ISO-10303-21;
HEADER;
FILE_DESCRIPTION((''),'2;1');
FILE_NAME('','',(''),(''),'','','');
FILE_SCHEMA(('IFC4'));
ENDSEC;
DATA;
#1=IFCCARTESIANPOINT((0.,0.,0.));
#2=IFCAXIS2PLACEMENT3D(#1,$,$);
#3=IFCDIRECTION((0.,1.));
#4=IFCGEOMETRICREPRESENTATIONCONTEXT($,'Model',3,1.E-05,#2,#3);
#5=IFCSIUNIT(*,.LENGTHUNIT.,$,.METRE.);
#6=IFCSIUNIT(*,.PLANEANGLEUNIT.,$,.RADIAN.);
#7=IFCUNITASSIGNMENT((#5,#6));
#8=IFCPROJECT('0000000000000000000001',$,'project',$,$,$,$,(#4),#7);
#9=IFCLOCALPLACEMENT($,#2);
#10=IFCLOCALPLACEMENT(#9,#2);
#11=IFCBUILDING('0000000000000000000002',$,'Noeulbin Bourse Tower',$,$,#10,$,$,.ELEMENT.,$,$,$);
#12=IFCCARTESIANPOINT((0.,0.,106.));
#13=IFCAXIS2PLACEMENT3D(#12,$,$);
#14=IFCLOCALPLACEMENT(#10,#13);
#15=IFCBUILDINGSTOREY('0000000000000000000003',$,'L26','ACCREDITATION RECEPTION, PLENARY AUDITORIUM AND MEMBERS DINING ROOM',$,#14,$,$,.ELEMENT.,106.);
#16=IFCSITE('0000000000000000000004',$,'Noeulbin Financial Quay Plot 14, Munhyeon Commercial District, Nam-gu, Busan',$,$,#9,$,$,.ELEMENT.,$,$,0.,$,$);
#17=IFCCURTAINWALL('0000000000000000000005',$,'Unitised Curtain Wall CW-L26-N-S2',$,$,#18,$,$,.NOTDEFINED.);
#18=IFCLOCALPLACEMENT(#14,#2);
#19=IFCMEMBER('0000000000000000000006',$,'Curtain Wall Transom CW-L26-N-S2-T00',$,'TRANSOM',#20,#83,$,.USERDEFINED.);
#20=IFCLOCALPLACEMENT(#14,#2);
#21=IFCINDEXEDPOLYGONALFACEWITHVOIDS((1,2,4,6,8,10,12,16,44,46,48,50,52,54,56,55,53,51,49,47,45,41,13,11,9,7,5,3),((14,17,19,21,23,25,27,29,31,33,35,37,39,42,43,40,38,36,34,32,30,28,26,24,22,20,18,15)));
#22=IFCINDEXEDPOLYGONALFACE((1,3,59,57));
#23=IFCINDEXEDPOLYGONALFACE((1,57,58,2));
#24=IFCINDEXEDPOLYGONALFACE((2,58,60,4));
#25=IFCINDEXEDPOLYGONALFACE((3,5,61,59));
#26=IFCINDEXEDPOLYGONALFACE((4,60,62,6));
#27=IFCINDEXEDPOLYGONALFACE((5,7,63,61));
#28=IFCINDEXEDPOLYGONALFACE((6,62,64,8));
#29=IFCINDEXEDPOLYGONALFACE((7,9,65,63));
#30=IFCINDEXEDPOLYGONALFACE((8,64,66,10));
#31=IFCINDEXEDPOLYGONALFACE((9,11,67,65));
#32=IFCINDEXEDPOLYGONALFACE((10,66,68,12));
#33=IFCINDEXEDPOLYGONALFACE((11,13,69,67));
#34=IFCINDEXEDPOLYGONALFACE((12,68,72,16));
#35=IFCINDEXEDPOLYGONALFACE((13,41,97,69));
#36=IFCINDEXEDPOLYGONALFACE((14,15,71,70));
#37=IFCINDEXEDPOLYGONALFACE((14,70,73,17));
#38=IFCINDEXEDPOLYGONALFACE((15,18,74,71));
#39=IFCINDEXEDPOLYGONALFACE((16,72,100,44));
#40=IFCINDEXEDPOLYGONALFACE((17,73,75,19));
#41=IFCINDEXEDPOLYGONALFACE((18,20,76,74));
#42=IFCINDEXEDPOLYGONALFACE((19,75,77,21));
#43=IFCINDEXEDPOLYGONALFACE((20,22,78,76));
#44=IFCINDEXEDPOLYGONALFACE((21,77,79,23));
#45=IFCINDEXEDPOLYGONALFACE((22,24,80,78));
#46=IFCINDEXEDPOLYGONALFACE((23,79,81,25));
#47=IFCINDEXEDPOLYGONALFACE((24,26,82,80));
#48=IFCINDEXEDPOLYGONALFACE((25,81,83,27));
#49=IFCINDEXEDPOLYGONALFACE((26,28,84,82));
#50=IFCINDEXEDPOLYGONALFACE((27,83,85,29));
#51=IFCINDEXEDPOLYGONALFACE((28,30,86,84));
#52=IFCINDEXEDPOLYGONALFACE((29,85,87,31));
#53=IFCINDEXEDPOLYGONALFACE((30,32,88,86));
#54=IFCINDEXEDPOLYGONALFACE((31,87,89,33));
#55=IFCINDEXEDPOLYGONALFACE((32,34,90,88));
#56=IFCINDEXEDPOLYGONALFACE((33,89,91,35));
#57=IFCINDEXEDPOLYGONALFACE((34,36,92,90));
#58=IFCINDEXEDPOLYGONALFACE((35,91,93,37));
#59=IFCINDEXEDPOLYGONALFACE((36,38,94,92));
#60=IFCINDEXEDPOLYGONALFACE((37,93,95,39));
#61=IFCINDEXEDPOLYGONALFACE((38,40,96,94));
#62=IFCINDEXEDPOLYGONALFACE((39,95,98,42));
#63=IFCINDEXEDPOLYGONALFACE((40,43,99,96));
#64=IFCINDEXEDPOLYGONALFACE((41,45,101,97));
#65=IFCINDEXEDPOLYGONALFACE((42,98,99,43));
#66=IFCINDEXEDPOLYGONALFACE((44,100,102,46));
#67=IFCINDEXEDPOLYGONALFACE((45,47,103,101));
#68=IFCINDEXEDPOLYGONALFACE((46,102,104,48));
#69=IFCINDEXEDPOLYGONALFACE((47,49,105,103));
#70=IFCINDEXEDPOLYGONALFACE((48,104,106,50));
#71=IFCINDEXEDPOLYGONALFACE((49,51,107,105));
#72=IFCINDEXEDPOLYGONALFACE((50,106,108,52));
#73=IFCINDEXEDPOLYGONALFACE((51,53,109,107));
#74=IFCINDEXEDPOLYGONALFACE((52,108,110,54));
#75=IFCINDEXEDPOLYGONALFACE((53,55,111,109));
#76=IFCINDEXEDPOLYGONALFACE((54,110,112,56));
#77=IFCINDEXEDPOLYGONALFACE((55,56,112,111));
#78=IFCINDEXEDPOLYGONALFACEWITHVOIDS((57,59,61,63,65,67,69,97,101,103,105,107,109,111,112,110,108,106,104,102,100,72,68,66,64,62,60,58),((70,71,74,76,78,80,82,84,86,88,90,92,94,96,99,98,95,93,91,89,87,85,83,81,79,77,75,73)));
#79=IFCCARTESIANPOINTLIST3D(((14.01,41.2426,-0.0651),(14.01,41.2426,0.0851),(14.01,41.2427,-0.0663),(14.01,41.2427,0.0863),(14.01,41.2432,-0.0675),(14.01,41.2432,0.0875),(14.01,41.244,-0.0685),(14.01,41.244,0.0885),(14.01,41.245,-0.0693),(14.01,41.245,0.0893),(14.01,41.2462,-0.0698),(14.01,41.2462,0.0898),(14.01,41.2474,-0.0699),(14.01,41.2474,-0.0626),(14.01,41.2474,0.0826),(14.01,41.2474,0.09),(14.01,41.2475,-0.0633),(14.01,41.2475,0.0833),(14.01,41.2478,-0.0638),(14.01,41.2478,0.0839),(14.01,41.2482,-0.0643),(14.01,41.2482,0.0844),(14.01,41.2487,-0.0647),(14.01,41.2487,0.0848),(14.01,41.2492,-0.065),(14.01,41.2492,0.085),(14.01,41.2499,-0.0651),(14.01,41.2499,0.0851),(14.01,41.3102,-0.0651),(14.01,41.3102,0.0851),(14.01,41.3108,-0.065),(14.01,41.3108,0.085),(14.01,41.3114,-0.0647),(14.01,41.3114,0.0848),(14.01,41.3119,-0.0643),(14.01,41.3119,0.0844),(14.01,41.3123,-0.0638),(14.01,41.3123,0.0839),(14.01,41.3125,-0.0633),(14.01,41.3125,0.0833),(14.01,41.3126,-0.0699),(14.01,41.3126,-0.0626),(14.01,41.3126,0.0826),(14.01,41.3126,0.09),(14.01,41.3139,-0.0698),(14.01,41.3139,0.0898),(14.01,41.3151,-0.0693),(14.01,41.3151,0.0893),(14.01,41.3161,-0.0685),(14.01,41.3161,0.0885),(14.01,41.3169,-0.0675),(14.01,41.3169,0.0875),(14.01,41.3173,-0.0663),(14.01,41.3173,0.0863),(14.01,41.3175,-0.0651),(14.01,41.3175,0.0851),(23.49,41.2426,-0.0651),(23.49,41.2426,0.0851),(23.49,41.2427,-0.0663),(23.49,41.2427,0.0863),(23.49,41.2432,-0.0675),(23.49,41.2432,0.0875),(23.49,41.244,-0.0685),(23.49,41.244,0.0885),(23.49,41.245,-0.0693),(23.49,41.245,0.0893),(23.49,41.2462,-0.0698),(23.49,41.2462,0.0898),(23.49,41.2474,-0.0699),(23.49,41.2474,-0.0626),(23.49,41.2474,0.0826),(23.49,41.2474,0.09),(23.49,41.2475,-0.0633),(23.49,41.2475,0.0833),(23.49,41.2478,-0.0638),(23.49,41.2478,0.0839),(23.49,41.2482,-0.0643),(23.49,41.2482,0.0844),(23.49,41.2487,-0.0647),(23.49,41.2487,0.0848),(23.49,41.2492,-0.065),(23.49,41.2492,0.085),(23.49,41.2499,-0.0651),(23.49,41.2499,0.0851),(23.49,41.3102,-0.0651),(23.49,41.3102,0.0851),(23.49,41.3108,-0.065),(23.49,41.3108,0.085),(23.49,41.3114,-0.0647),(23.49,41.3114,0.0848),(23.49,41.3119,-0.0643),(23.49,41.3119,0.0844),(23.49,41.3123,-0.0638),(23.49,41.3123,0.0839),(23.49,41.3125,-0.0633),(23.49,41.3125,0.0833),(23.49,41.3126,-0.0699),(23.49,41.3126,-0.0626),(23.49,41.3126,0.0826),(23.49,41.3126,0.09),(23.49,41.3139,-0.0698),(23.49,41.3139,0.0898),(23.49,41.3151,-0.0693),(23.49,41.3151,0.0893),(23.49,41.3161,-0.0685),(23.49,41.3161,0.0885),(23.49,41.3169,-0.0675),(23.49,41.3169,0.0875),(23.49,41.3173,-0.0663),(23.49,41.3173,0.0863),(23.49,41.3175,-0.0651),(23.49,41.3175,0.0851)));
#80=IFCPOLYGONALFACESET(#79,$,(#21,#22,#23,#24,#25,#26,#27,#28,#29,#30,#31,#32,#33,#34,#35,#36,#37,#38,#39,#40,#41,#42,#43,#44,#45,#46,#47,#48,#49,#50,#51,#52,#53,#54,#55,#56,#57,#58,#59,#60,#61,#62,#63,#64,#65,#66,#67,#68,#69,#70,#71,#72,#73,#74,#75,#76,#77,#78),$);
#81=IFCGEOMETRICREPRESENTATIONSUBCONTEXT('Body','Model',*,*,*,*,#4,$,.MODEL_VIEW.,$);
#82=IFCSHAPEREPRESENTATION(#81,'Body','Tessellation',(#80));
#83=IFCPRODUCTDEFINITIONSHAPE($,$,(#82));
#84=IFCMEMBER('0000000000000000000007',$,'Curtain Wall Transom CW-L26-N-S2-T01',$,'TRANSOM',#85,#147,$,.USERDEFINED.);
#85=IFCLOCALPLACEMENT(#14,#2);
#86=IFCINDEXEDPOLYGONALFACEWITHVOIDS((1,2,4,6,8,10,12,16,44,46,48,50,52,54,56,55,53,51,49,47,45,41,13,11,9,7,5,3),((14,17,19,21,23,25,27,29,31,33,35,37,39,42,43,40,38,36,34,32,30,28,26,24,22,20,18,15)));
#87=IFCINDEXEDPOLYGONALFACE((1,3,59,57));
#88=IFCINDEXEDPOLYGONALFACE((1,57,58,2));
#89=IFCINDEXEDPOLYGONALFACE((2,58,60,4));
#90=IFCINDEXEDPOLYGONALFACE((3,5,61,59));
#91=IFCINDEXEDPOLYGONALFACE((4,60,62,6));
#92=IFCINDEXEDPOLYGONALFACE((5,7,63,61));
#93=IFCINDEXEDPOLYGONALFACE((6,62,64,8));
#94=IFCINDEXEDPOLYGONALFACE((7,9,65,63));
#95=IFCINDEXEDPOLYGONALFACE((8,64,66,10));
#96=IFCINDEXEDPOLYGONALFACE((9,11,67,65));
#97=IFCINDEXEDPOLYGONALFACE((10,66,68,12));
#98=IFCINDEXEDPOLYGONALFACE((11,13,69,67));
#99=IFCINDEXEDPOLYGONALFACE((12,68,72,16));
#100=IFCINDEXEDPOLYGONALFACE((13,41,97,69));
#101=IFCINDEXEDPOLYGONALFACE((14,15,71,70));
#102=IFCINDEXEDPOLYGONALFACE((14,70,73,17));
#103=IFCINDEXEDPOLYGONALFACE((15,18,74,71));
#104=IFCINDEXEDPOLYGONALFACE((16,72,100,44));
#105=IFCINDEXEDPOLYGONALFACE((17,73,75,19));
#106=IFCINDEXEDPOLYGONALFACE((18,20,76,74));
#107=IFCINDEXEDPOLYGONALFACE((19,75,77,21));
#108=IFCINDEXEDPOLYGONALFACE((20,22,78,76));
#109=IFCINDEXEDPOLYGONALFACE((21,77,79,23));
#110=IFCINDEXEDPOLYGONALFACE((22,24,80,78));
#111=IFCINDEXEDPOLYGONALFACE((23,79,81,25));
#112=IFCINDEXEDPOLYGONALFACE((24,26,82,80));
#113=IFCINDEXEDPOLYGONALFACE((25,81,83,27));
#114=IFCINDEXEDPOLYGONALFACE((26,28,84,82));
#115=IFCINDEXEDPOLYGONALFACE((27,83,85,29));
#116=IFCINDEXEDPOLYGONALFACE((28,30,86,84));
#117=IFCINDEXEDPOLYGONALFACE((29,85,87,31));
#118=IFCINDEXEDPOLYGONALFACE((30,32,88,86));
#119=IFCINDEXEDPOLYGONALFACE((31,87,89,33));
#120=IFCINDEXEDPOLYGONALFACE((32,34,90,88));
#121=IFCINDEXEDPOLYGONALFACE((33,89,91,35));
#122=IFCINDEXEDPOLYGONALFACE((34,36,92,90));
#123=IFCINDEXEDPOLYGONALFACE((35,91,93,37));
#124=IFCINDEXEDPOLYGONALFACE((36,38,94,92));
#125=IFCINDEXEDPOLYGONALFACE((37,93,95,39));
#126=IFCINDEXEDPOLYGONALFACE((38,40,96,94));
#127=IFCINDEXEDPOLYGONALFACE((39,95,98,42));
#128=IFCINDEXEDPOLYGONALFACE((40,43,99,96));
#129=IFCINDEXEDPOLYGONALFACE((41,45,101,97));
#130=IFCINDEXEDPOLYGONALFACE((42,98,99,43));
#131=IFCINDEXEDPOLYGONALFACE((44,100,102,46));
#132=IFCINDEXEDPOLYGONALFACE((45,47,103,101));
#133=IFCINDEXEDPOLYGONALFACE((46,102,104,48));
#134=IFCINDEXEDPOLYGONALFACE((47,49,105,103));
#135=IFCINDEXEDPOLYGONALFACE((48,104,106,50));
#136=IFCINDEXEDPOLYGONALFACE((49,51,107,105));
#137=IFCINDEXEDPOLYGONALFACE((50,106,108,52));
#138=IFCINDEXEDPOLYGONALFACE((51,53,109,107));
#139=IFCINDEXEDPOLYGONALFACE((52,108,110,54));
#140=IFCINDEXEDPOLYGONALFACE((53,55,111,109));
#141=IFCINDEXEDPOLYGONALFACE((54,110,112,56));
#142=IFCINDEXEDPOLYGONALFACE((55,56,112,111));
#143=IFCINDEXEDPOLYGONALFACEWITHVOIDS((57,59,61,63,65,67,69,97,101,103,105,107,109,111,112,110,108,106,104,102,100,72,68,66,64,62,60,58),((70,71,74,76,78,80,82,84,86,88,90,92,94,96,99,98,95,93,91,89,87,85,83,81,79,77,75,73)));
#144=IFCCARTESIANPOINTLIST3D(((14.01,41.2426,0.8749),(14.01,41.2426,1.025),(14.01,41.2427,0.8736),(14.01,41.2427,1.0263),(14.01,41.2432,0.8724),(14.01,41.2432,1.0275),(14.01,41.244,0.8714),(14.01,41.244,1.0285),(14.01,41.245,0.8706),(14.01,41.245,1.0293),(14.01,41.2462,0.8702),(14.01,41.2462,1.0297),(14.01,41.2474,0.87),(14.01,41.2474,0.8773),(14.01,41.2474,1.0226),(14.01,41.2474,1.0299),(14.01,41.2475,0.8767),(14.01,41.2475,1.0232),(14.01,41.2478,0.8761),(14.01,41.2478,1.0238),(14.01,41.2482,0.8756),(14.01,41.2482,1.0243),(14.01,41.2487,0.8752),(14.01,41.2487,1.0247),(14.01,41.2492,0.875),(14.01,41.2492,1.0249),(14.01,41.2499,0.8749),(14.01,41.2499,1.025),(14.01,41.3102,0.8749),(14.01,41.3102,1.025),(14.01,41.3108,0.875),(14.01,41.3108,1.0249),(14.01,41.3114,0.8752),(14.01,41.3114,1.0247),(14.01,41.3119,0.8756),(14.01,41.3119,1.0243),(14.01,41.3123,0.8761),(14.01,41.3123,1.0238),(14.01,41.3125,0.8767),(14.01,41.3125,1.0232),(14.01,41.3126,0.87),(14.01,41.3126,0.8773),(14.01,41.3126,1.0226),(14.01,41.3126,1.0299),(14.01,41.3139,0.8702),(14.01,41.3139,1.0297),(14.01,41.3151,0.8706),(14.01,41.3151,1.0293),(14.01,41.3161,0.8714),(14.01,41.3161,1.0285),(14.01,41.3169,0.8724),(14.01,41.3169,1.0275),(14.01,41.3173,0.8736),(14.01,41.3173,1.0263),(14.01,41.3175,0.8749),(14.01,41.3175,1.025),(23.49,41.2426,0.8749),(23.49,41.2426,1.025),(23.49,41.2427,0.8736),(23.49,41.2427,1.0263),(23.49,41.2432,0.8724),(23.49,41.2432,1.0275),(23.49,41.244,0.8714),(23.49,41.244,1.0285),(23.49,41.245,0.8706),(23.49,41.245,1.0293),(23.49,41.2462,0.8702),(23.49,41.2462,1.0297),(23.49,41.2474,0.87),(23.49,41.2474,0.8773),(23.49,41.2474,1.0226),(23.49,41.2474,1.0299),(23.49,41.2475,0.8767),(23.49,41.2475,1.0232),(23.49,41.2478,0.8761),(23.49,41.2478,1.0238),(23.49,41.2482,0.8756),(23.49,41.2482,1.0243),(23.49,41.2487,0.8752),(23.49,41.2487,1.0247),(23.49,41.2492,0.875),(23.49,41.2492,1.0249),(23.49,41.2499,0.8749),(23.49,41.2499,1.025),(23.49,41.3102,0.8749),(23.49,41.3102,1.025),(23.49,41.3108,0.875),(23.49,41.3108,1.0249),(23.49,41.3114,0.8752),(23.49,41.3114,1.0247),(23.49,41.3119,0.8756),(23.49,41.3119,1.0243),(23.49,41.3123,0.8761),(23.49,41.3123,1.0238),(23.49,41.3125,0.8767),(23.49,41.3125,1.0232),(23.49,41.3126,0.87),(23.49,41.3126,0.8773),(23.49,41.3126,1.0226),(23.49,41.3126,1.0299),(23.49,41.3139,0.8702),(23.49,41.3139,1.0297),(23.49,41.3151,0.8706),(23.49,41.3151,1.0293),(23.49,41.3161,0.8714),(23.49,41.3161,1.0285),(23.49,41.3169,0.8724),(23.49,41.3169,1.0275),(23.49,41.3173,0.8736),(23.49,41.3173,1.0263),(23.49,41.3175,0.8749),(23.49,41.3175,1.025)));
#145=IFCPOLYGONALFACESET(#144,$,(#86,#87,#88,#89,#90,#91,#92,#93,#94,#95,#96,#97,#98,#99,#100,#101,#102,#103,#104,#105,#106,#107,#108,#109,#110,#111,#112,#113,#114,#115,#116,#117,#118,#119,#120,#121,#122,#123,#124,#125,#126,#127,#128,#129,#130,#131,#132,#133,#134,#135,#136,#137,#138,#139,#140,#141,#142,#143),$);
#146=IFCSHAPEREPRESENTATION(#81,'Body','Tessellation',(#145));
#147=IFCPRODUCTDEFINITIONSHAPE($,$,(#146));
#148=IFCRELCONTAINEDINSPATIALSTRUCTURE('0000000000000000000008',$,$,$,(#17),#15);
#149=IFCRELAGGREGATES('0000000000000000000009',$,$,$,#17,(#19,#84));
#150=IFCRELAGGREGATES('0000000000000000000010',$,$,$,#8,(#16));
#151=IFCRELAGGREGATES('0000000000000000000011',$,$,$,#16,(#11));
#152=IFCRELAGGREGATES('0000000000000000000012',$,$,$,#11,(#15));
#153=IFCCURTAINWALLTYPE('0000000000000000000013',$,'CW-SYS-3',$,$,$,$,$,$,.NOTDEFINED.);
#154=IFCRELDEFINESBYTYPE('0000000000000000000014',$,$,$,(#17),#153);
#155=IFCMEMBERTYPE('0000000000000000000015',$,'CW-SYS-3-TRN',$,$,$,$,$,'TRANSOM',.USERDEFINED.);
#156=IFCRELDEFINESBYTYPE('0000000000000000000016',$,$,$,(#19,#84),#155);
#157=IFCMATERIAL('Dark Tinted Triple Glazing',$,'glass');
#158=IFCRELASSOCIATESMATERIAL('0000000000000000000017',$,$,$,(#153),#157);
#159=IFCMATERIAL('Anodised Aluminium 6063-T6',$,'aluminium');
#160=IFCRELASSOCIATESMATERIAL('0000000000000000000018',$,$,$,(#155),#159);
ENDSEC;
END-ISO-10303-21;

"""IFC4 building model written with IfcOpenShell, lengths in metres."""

from ifc_helpers import new_model, si_unit, direction, frame, origin, origin_2d, place, context, subcontext, project, spatial, hollow_rectangle, extrude, material, material_profile, profile_set, type_object, element, aggregate, save


model = new_model("IFC4")

# Units and contexts
model_context = context("Model", 3, precision=1e-05, world=origin(), true_north=direction((0.0, 1.0)))
body_context = subcontext(model_context, "Body", "Model", "MODEL_VIEW")
ifc_project = project(units=[si_unit("LENGTHUNIT", "METRE"), si_unit("PLANEANGLEUNIT", "RADIAN")], contexts=[model_context])

# Site, building, storey
site_placement = place(None, origin())
site = spatial("IfcSite", under=ifc_project, at=site_placement, Name="Noeulbin Financial Quay Plot 14, Munhyeon Commercial District, Nam-gu, Busan", CompositionType="ELEMENT", RefElevation=0.0)
building_placement = place(site_placement, origin())
building = spatial("IfcBuilding", under=site, at=building_placement, Name="Noeulbin Bourse Tower", CompositionType="ELEMENT")
storey_placement = place(building_placement, frame((0.0, 0.0, 106.0)))
storey = spatial("IfcBuildingStorey", under=building, at=storey_placement, Name="L26", Description="ACCREDITATION RECEPTION, PLENARY AUDITORIUM AND MEMBERS DINING ROOM", CompositionType="ELEMENT", Elevation=106.0)

# Shared definitions
ifc_material_1 = material(Name="Dark Tinted Triple Glazing", Category="glass")
curtain_wall_type = type_object("IfcCurtainWallType", Name="CW-SYS-3", PredefinedType="NOTDEFINED", material=ifc_material_1)
ifc_material_2 = material(Name="Anodised Aluminium 6063-T6", Category="aluminium")

# Curtain wall
curtain_wall_1_placement = place(storey_placement, origin())
curtain_wall_1 = element("IfcCurtainWall", 1, at=curtain_wall_1_placement, inside=storey, type_object=curtain_wall_type, Name="Unitised Curtain Wall CW-L26-N-S2", PredefinedType="NOTDEFINED")

# Members
ifc_material_profile_1 = material_profile(ifc_material_2, hollow_rectangle(XDim=0.075, YDim=0.1599, WallThickness=0.0049, InnerFilletRadius=0.0024, OuterFilletRadius=0.0049, at=origin_2d()), Name="ALU-TRAN-75x160x5", Category="LoadBearing")
ifc_profile_set_1 = profile_set([ifc_material_profile_1], Name="Anodised Aluminium 6063-T6")
member_type_1 = type_object("IfcMemberType", Name="CW-SYS-3-TRN", ElementType="TRANSOM", PredefinedType="USERDEFINED", material=ifc_profile_set_1)
member_1_placement = place(storey_placement, frame((14.01, 41.28, 0.01), z_axis=(1.0, 0.0, 0.0), x_axis=(0.0, 1.0, 0.0)))
member_1 = element("IfcMember", 2, at=member_1_placement, type_object=member_type_1, Name="Curtain Wall Transom CW-L26-N-S2-T00", ObjectType="TRANSOM", PredefinedType="USERDEFINED", context=body_context, shape_type="SweptSolid", body=[
    extrude(hollow_rectangle(XDim=0.075, YDim=0.1599, WallThickness=0.0049, InnerFilletRadius=0.0024, OuterFilletRadius=0.0049, at=origin_2d()), origin(), (0.0, 0.0, 1.0), 9.48),
])
member_2_placement = place(storey_placement, frame((14.01, 41.28, 0.95), z_axis=(1.0, 0.0, 0.0), x_axis=(0.0, 1.0, 0.0)))
member_2 = element("IfcMember", 3, at=member_2_placement, type_object=member_type_1, Name="Curtain Wall Transom CW-L26-N-S2-T01", ObjectType="TRANSOM", PredefinedType="USERDEFINED", context=body_context, shape_type="SweptSolid", body=[
    extrude(hollow_rectangle(XDim=0.075, YDim=0.1599, WallThickness=0.0049, InnerFilletRadius=0.0024, OuterFilletRadius=0.0049, at=origin_2d()), origin(), (0.0, 0.0, 1.0), 9.48),
])
aggregate(curtain_wall_1, [member_1, member_2])

save(model, "model.ifc")
